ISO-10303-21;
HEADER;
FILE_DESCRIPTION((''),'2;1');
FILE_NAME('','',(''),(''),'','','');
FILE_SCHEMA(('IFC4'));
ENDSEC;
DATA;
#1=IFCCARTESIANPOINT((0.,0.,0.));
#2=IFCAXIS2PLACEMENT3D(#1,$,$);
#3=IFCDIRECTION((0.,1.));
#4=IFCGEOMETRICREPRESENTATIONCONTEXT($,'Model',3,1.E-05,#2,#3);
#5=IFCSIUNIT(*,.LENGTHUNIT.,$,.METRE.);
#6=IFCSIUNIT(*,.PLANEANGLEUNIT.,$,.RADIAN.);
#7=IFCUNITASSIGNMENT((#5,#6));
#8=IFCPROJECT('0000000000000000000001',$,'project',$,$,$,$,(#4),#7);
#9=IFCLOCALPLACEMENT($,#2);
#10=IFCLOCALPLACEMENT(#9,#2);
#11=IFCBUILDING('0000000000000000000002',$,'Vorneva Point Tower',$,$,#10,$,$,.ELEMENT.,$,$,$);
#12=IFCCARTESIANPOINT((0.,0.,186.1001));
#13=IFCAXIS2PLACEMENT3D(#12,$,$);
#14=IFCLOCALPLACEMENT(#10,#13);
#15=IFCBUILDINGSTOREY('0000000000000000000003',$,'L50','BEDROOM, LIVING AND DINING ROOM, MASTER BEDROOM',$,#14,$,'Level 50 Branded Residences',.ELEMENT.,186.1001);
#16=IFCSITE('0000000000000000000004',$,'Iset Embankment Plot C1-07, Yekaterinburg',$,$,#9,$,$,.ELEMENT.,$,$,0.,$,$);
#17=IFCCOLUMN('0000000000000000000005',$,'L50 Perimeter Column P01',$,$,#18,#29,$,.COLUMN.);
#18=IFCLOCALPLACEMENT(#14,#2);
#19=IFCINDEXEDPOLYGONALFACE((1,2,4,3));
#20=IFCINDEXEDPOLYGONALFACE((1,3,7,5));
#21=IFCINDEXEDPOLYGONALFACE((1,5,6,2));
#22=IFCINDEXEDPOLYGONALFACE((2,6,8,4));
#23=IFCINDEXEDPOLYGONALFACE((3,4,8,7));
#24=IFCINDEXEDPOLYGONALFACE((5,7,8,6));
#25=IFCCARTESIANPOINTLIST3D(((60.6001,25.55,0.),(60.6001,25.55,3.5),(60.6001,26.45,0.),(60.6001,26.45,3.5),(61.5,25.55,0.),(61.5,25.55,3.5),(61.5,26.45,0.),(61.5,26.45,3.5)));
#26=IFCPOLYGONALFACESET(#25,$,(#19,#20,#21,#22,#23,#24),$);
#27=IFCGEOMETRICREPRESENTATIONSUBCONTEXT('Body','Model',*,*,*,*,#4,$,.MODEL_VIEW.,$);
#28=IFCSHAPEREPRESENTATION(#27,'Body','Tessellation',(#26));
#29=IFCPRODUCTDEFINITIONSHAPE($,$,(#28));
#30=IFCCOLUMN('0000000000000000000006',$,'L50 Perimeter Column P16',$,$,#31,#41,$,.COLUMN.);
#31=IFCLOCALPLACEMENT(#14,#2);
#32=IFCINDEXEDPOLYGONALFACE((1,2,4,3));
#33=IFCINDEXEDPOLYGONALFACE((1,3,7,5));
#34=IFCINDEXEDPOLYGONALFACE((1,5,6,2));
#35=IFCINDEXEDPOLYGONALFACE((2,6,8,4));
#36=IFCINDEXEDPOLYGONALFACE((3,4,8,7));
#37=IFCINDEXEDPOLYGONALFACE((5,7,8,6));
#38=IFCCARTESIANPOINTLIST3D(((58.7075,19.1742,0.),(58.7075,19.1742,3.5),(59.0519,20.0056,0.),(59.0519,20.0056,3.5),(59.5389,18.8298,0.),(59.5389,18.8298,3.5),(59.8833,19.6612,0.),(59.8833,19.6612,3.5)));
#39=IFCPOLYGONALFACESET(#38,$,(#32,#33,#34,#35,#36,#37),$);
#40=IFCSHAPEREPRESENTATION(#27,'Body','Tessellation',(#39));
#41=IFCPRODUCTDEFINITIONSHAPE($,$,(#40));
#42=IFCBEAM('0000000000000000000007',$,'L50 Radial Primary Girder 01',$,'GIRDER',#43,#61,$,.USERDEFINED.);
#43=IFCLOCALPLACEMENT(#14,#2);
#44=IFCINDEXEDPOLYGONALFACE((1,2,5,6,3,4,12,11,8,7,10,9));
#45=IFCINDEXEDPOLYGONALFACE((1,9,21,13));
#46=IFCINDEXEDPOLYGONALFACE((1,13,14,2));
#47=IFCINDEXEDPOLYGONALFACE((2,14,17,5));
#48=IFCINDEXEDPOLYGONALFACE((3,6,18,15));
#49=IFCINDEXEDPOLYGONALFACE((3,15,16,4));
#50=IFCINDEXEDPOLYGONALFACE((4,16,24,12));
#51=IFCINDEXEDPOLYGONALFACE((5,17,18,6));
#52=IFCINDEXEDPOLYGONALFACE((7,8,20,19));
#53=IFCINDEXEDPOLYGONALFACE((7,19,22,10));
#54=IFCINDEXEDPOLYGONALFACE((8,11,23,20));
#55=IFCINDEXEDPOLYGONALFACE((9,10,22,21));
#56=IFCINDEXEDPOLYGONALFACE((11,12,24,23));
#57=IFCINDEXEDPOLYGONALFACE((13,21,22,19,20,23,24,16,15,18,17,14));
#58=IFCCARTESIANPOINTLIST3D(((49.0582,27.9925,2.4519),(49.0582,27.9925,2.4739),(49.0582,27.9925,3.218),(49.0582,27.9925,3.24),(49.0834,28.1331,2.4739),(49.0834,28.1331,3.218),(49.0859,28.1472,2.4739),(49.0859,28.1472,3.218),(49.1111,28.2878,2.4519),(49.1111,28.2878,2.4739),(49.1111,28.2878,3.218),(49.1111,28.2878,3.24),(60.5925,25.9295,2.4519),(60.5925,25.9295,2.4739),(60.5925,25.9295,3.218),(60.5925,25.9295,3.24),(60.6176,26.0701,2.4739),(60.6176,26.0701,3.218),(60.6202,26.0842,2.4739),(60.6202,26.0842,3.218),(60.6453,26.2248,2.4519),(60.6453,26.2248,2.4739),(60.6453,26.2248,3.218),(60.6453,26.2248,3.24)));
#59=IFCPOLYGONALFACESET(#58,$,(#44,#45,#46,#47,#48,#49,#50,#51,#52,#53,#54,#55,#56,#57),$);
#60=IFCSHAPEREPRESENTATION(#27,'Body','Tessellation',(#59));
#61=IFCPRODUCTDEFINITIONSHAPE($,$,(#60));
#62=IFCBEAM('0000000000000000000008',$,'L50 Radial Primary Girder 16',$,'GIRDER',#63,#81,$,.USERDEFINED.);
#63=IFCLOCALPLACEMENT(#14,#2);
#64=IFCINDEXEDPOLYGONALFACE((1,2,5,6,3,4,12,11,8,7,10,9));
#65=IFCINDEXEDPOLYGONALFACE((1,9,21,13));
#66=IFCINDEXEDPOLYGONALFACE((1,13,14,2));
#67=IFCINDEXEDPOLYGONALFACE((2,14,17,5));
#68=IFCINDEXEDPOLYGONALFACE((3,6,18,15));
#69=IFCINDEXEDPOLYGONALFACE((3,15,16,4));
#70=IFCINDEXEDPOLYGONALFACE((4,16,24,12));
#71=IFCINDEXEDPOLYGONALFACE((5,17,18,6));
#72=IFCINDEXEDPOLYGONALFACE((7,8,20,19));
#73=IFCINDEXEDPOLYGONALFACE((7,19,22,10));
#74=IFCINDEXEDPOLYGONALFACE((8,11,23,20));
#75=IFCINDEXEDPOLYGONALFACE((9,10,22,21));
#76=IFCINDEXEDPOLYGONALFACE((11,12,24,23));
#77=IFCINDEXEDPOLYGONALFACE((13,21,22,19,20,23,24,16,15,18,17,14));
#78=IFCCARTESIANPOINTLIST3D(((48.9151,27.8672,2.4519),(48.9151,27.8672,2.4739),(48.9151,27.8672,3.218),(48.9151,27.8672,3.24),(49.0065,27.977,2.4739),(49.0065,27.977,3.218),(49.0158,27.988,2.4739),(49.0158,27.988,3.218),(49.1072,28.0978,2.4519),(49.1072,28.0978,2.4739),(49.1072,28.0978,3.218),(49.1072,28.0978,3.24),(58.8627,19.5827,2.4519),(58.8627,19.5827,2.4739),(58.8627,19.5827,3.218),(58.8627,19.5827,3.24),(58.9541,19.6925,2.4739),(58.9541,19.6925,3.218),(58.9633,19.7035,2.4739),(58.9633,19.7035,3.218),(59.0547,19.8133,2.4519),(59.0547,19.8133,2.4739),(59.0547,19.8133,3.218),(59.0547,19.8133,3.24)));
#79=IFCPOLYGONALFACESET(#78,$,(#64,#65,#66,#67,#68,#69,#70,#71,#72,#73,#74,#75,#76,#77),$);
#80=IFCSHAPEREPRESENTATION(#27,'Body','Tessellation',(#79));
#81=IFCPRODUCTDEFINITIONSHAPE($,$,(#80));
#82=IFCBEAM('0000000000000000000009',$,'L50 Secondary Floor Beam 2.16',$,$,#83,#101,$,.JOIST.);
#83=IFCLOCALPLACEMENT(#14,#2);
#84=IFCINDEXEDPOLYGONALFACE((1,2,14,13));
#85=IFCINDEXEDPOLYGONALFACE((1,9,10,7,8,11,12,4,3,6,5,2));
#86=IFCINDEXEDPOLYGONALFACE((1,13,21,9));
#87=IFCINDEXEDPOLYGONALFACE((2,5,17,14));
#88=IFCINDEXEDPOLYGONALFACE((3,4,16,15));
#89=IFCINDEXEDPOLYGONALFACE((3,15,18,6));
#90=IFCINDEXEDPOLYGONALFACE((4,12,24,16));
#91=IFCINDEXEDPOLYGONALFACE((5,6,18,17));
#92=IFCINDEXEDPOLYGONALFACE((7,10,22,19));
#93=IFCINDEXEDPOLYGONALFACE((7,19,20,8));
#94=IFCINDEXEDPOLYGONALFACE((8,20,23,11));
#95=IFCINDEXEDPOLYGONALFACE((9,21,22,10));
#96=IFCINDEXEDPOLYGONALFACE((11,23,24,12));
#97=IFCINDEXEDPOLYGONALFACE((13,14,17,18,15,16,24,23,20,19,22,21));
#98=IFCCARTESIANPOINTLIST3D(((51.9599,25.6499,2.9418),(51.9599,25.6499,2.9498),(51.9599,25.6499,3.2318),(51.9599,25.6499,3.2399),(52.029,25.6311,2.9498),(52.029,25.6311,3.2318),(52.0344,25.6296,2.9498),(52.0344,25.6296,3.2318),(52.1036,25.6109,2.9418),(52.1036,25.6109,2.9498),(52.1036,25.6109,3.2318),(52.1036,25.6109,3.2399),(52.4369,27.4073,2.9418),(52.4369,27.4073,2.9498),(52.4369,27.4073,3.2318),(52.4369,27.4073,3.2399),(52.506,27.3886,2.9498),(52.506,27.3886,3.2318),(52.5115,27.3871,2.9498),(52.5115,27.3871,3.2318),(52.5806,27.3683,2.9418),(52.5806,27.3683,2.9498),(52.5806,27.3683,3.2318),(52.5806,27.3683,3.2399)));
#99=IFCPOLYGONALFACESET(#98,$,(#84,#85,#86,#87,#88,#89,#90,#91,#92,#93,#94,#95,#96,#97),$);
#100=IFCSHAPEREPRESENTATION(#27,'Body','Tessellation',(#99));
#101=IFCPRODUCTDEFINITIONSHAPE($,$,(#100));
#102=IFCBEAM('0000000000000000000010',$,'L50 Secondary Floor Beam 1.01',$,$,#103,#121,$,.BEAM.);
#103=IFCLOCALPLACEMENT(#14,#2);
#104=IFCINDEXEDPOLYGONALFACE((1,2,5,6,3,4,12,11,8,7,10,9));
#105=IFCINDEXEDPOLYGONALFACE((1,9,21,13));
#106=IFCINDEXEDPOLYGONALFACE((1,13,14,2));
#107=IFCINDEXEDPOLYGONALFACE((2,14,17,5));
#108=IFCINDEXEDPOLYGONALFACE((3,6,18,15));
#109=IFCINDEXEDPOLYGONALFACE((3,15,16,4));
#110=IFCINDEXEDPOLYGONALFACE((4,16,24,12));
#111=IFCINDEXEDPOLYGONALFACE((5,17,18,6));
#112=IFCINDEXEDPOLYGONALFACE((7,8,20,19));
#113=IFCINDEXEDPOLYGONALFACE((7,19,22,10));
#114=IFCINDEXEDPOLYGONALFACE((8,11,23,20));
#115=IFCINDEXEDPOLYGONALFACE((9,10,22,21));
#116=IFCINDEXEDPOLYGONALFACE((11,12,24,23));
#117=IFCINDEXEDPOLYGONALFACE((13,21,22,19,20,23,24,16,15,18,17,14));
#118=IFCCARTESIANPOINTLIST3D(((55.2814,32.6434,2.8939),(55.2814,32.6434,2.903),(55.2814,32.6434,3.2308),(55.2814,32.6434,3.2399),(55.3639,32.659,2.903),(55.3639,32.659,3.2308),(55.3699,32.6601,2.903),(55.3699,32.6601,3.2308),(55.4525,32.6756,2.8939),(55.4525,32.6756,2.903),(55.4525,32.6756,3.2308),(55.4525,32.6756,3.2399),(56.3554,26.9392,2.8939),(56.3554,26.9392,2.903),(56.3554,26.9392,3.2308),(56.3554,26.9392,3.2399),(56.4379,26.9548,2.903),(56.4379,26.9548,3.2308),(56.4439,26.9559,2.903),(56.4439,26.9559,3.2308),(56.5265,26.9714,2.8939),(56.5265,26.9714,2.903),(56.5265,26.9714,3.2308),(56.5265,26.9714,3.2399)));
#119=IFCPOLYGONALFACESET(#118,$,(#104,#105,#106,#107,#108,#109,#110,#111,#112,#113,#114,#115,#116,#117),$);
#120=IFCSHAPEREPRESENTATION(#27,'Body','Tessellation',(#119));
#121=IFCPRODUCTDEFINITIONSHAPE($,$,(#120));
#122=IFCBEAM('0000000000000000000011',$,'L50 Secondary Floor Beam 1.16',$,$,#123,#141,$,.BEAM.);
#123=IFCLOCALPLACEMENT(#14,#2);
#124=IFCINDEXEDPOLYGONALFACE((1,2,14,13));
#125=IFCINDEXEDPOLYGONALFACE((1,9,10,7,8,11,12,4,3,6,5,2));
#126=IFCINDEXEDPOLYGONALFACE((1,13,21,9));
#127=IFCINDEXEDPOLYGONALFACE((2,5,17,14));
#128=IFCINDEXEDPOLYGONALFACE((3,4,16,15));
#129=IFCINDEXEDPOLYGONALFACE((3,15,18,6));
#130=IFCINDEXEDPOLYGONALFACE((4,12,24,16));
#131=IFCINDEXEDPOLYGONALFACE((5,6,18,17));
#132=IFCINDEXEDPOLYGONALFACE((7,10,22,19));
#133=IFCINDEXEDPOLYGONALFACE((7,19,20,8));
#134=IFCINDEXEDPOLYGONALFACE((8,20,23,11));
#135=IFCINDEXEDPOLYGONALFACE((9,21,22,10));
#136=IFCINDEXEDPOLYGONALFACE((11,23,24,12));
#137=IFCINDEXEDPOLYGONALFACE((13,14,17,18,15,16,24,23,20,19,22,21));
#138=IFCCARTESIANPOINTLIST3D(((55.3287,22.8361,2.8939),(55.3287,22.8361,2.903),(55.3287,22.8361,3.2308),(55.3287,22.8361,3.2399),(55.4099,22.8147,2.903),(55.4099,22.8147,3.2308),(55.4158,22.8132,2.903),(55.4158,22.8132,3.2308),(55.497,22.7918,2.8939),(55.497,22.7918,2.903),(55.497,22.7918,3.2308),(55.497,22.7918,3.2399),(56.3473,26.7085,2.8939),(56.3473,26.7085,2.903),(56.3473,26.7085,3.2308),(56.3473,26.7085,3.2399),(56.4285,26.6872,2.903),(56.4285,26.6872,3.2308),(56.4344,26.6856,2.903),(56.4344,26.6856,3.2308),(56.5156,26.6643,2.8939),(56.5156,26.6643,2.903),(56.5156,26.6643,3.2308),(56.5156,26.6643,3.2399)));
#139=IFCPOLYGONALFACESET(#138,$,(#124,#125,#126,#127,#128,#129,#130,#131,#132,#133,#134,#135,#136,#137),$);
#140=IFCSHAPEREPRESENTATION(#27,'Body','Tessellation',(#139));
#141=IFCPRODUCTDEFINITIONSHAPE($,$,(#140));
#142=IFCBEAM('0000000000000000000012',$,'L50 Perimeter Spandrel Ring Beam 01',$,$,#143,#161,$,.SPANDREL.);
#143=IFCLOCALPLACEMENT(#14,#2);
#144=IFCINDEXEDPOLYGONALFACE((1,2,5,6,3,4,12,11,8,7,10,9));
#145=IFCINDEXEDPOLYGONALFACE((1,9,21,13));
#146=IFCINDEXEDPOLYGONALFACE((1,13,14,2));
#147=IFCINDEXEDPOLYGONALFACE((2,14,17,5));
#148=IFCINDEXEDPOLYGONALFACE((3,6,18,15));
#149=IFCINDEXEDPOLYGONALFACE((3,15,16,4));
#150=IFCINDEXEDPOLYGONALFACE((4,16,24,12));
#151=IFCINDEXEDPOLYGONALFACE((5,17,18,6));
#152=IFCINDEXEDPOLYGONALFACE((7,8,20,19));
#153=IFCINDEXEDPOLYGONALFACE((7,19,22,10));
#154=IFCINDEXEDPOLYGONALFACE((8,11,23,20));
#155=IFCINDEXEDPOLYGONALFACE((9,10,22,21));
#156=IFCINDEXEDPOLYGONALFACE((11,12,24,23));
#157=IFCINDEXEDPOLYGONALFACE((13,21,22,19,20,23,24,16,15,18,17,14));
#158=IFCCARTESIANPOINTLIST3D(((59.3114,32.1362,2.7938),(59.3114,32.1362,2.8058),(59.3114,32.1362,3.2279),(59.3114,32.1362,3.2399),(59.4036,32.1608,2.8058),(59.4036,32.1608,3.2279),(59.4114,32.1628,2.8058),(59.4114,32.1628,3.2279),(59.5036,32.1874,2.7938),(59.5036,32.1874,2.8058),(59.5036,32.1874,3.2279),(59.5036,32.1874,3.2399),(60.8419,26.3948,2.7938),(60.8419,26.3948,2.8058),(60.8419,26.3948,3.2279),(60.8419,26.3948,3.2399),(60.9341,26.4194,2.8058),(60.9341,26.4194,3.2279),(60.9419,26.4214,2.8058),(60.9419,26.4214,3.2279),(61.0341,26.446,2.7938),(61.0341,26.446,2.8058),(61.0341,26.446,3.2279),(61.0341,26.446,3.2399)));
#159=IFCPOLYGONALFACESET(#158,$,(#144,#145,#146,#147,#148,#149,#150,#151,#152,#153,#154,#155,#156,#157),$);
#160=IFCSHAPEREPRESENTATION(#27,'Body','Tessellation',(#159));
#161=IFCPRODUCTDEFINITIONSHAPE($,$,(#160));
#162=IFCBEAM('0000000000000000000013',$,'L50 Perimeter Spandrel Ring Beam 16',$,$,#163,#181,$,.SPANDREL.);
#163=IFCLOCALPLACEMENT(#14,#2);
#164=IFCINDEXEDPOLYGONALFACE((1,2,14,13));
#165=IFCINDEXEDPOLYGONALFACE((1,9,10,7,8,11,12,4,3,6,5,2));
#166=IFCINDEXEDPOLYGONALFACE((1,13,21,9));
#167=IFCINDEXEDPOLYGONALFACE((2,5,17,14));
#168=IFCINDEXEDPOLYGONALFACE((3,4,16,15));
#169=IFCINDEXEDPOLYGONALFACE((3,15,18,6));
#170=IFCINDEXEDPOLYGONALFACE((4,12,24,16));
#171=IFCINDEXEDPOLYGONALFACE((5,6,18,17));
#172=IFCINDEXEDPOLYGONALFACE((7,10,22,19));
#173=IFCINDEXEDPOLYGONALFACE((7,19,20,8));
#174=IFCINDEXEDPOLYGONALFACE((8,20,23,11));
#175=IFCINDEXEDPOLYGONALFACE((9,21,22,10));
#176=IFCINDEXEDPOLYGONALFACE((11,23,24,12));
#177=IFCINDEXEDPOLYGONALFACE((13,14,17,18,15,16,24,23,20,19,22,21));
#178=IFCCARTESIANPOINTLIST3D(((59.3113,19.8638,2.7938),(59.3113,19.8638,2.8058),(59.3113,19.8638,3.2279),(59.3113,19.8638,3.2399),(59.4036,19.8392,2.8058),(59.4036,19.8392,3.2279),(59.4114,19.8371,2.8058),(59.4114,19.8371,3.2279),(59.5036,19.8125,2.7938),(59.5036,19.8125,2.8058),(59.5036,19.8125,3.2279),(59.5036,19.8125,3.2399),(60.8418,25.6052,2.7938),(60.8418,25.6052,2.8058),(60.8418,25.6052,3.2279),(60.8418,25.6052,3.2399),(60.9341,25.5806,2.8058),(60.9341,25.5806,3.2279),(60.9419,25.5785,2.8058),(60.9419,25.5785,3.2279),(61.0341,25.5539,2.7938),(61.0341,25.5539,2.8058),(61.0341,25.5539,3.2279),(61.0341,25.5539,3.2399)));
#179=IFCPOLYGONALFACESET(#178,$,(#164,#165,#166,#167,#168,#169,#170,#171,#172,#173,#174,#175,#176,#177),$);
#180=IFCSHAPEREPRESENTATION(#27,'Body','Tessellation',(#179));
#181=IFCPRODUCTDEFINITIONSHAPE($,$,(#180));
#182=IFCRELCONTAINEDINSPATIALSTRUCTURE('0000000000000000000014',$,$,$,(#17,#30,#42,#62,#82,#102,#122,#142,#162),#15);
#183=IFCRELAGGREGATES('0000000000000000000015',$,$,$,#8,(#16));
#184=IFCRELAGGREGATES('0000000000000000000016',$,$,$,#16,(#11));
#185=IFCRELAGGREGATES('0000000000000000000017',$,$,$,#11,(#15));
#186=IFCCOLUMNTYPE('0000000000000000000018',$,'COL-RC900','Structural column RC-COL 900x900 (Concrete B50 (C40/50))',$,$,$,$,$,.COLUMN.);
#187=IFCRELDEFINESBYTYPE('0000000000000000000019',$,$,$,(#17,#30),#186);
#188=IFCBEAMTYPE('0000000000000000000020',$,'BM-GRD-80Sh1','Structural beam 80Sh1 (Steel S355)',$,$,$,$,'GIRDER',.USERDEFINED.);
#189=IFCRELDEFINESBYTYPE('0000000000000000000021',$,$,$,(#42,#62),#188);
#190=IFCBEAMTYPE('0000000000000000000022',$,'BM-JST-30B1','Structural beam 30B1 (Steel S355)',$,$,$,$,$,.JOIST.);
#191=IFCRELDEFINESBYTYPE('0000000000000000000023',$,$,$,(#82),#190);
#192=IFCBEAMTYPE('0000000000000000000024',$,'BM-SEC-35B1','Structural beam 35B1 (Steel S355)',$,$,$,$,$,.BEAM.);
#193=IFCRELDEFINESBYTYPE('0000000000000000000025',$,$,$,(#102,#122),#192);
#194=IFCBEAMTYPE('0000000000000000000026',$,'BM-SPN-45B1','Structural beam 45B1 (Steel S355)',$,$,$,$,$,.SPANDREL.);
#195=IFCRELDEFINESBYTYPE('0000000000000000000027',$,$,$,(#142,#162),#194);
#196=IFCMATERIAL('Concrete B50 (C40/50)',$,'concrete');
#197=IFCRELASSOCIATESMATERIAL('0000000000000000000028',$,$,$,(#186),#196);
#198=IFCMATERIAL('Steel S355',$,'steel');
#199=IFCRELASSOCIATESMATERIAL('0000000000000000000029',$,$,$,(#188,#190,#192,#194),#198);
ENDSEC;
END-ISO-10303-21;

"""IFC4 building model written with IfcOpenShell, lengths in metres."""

from ifc_helpers import new_model, si_unit, direction, frame, origin, origin_2d, place, context, subcontext, project, spatial, rectangle, i_section, extrude, material, material_profile, profile_set, type_object, element, save


model = new_model("IFC4")

# Units and contexts
model_context = context("Model", 3, precision=1e-05, world=origin(), true_north=direction((0.0, 1.0)))
body_context = subcontext(model_context, "Body", "Model", "MODEL_VIEW")
ifc_project = project(units=[si_unit("LENGTHUNIT", "METRE"), si_unit("PLANEANGLEUNIT", "RADIAN")], contexts=[model_context])

# Site, building, storey
site_placement = place(None, origin())
site = spatial("IfcSite", under=ifc_project, at=site_placement, Name="Iset Embankment Plot C1-07, Yekaterinburg", CompositionType="ELEMENT", RefElevation=0.0)
building_placement = place(site_placement, origin())
building = spatial("IfcBuilding", under=site, at=building_placement, Name="Vorneva Point Tower", CompositionType="ELEMENT")
storey_placement = place(building_placement, frame((0.0, 0.0, 186.1001)))
storey = spatial("IfcBuildingStorey", under=building, at=storey_placement, Name="L50", Description="BEDROOM, LIVING AND DINING ROOM, MASTER BEDROOM", LongName="Level 50 Branded Residences", CompositionType="ELEMENT", Elevation=186.1001)

# Columns
ifc_material_1 = material(Name="Concrete B50 (C40/50)", Category="concrete")
ifc_material_profile_1 = material_profile(ifc_material_1, rectangle(XDim=0.8999, YDim=0.8999, at=origin_2d()), Name="RC-COL 900x900")
ifc_profile_set_1 = profile_set([ifc_material_profile_1], Name="Concrete B50 (C40/50)")
column_type = type_object("IfcColumnType", Name="COL-RC900", Description="Structural column RC-COL 900x900 (Concrete B50 (C40/50))", PredefinedType="COLUMN", material=ifc_profile_set_1)
for number, where, z_axis, x_axis, name in (
    (1, (61.05, 26.0, 0.0), (0.0, 0.0, 1.0), (1.0, 0.0, 0.0), "L50 Perimeter Column P01"),
    (2, (59.2954, 19.4177, 0.0), (0.0, 0.0, 1.0), (0.92388, -0.382683, 0.0), "L50 Perimeter Column P16"),
):
    element("IfcColumn", number, at=place(storey_placement, frame(where, z_axis=z_axis, x_axis=x_axis)), inside=storey, type_object=column_type, Name=name, PredefinedType="COLUMN", context=body_context, shape_type="SweptSolid", body=[
        extrude(rectangle(XDim=0.8999, YDim=0.8999, at=origin_2d()), origin(), (0.0, 0.0, 1.0), 3.5),
    ])

# Beams
ifc_material_2 = material(Name="Steel S355", Category="steel")
ifc_material_profile_2 = material_profile(ifc_material_2, i_section(OverallWidth=0.3, OverallDepth=0.7881, WebThickness=0.0144, FlangeThickness=0.022, at=origin_2d()), Name="80Sh1")
ifc_profile_set_2 = profile_set([ifc_material_profile_2], Name="Steel S355")
beam_type_1 = type_object("IfcBeamType", Name="BM-GRD-80Sh1", Description="Structural beam 80Sh1 (Steel S355)", ElementType="GIRDER", PredefinedType="USERDEFINED", material=ifc_profile_set_2)
beam_1_placement = place(storey_placement, frame((60.6189, 26.0771, 2.8459), z_axis=(-0.984379, 0.176065, 0.0), x_axis=(-0.176065, -0.984379, 0.0)))
element("IfcBeam", 3, at=beam_1_placement, inside=storey, type_object=beam_type_1, Name="L50 Radial Primary Girder 01", ObjectType="GIRDER", PredefinedType="USERDEFINED", context=body_context, shape_type="SweptSolid", body=[
    extrude(i_section(OverallWidth=0.3, OverallDepth=0.7881, WebThickness=0.0144, FlangeThickness=0.022, at=origin_2d()), origin(), (0.0, 0.0, 1.0), 11.7173),
])
beam_2_placement = place(storey_placement, frame((58.9587, 19.698, 2.8459), z_axis=(-0.768418, 0.639949, 0.0), x_axis=(-0.639949, -0.768418, 0.0)))
element("IfcBeam", 4, at=beam_2_placement, inside=storey, type_object=beam_type_1, Name="L50 Radial Primary Girder 16", ObjectType="GIRDER", PredefinedType="USERDEFINED", context=body_context, shape_type="SweptSolid", body=[
    extrude(i_section(OverallWidth=0.3, OverallDepth=0.7881, WebThickness=0.0144, FlangeThickness=0.022, at=origin_2d()), origin(), (0.0, 0.0, 1.0), 12.9456),
])
ifc_material_profile_3 = material_profile(ifc_material_2, i_section(OverallWidth=0.1489, OverallDepth=0.2981, WebThickness=0.0056, FlangeThickness=0.0081, at=origin_2d()), Name="30B1")
ifc_profile_set_3 = profile_set([ifc_material_profile_3], Name="Steel S355")
beam_type_2 = type_object("IfcBeamType", Name="BM-JST-30B1", Description="Structural beam 30B1 (Steel S355)", PredefinedType="JOIST", material=ifc_profile_set_3)
beam_3_placement = place(storey_placement, frame((52.0317, 25.6304, 3.0908), z_axis=(0.261949, 0.965082, 0.0), x_axis=(-0.965082, 0.261949, 0.0)))
element("IfcBeam", 5, at=beam_3_placement, inside=storey, type_object=beam_type_2, Name="L50 Secondary Floor Beam 2.16", PredefinedType="JOIST", context=body_context, shape_type="SweptSolid", body=[
    extrude(i_section(OverallWidth=0.1489, OverallDepth=0.2981, WebThickness=0.0056, FlangeThickness=0.0081, at=origin_2d()), origin(), (0.0, 0.0, 1.0), 1.821),
])
ifc_material_profile_4 = material_profile(ifc_material_2, i_section(OverallWidth=0.1741, OverallDepth=0.3459, WebThickness=0.0061, FlangeThickness=0.009, at=origin_2d()), Name="35B1")
ifc_profile_set_4 = profile_set([ifc_material_profile_4], Name="Steel S355")
beam_type_3 = type_object("IfcBeamType", Name="BM-SEC-35B1", Description="Structural beam 35B1 (Steel S355)", PredefinedType="BEAM", material=ifc_profile_set_4)
beam_4_placement = place(storey_placement, frame((56.4409, 26.9553, 3.0669), z_axis=(-0.18503, 0.982733, 0.0), x_axis=(-0.982733, -0.18503, 0.0)))
element("IfcBeam", 6, at=beam_4_placement, inside=storey, type_object=beam_type_3, Name="L50 Secondary Floor Beam 1.01", PredefinedType="BEAM", context=body_context, shape_type="SweptSolid", body=[
    extrude(i_section(OverallWidth=0.1741, OverallDepth=0.3459, WebThickness=0.0061, FlangeThickness=0.009, at=origin_2d()), origin(), (0.0, 0.0, 1.0), 5.8044),
])
beam_5_placement = place(storey_placement, frame((55.4128, 22.814, 3.0669), z_axis=(0.254382, 0.967104, 0.0), x_axis=(-0.967104, 0.254382, 0.0)))
element("IfcBeam", 7, at=beam_5_placement, inside=storey, type_object=beam_type_3, Name="L50 Secondary Floor Beam 1.16", PredefinedType="BEAM", context=body_context, shape_type="SweptSolid", body=[
    extrude(i_section(OverallWidth=0.1741, OverallDepth=0.3459, WebThickness=0.0061, FlangeThickness=0.009, at=origin_2d()), origin(), (0.0, 0.0, 1.0), 4.0042),
])
ifc_material_profile_5 = material_profile(ifc_material_2, i_section(OverallWidth=0.199, OverallDepth=0.446, WebThickness=0.0081, FlangeThickness=0.012, at=origin_2d()), Name="45B1")
ifc_profile_set_5 = profile_set([ifc_material_profile_5], Name="Steel S355")
beam_type_4 = type_object("IfcBeamType", Name="BM-SPN-45B1", Description="Structural beam 45B1 (Steel S355)", PredefinedType="SPANDREL", material=ifc_profile_set_5)
for number, where, z_axis, x_axis, name in (
    (8, (60.938, 26.4204, 3.0168), (-0.257578, 0.966257, 0.0), (-0.966257, -0.257578, 0.0), "L50 Perimeter Spandrel Ring Beam 01"),
    (9, (59.4075, 19.8381, 3.0168), (0.257578, 0.966257, 0.0), (-0.966257, 0.257578, 0.0), "L50 Perimeter Spandrel Ring Beam 16"),
):
    element("IfcBeam", number, at=place(storey_placement, frame(where, z_axis=z_axis, x_axis=x_axis)), inside=storey, type_object=beam_type_4, Name=name, PredefinedType="SPANDREL", context=body_context, shape_type="SweptSolid", body=[
        extrude(i_section(OverallWidth=0.199, OverallDepth=0.446, WebThickness=0.0081, FlangeThickness=0.012, at=origin_2d()), origin(), (0.0, 0.0, 1.0), 5.9419),
    ])

save(model, "model.ifc")
